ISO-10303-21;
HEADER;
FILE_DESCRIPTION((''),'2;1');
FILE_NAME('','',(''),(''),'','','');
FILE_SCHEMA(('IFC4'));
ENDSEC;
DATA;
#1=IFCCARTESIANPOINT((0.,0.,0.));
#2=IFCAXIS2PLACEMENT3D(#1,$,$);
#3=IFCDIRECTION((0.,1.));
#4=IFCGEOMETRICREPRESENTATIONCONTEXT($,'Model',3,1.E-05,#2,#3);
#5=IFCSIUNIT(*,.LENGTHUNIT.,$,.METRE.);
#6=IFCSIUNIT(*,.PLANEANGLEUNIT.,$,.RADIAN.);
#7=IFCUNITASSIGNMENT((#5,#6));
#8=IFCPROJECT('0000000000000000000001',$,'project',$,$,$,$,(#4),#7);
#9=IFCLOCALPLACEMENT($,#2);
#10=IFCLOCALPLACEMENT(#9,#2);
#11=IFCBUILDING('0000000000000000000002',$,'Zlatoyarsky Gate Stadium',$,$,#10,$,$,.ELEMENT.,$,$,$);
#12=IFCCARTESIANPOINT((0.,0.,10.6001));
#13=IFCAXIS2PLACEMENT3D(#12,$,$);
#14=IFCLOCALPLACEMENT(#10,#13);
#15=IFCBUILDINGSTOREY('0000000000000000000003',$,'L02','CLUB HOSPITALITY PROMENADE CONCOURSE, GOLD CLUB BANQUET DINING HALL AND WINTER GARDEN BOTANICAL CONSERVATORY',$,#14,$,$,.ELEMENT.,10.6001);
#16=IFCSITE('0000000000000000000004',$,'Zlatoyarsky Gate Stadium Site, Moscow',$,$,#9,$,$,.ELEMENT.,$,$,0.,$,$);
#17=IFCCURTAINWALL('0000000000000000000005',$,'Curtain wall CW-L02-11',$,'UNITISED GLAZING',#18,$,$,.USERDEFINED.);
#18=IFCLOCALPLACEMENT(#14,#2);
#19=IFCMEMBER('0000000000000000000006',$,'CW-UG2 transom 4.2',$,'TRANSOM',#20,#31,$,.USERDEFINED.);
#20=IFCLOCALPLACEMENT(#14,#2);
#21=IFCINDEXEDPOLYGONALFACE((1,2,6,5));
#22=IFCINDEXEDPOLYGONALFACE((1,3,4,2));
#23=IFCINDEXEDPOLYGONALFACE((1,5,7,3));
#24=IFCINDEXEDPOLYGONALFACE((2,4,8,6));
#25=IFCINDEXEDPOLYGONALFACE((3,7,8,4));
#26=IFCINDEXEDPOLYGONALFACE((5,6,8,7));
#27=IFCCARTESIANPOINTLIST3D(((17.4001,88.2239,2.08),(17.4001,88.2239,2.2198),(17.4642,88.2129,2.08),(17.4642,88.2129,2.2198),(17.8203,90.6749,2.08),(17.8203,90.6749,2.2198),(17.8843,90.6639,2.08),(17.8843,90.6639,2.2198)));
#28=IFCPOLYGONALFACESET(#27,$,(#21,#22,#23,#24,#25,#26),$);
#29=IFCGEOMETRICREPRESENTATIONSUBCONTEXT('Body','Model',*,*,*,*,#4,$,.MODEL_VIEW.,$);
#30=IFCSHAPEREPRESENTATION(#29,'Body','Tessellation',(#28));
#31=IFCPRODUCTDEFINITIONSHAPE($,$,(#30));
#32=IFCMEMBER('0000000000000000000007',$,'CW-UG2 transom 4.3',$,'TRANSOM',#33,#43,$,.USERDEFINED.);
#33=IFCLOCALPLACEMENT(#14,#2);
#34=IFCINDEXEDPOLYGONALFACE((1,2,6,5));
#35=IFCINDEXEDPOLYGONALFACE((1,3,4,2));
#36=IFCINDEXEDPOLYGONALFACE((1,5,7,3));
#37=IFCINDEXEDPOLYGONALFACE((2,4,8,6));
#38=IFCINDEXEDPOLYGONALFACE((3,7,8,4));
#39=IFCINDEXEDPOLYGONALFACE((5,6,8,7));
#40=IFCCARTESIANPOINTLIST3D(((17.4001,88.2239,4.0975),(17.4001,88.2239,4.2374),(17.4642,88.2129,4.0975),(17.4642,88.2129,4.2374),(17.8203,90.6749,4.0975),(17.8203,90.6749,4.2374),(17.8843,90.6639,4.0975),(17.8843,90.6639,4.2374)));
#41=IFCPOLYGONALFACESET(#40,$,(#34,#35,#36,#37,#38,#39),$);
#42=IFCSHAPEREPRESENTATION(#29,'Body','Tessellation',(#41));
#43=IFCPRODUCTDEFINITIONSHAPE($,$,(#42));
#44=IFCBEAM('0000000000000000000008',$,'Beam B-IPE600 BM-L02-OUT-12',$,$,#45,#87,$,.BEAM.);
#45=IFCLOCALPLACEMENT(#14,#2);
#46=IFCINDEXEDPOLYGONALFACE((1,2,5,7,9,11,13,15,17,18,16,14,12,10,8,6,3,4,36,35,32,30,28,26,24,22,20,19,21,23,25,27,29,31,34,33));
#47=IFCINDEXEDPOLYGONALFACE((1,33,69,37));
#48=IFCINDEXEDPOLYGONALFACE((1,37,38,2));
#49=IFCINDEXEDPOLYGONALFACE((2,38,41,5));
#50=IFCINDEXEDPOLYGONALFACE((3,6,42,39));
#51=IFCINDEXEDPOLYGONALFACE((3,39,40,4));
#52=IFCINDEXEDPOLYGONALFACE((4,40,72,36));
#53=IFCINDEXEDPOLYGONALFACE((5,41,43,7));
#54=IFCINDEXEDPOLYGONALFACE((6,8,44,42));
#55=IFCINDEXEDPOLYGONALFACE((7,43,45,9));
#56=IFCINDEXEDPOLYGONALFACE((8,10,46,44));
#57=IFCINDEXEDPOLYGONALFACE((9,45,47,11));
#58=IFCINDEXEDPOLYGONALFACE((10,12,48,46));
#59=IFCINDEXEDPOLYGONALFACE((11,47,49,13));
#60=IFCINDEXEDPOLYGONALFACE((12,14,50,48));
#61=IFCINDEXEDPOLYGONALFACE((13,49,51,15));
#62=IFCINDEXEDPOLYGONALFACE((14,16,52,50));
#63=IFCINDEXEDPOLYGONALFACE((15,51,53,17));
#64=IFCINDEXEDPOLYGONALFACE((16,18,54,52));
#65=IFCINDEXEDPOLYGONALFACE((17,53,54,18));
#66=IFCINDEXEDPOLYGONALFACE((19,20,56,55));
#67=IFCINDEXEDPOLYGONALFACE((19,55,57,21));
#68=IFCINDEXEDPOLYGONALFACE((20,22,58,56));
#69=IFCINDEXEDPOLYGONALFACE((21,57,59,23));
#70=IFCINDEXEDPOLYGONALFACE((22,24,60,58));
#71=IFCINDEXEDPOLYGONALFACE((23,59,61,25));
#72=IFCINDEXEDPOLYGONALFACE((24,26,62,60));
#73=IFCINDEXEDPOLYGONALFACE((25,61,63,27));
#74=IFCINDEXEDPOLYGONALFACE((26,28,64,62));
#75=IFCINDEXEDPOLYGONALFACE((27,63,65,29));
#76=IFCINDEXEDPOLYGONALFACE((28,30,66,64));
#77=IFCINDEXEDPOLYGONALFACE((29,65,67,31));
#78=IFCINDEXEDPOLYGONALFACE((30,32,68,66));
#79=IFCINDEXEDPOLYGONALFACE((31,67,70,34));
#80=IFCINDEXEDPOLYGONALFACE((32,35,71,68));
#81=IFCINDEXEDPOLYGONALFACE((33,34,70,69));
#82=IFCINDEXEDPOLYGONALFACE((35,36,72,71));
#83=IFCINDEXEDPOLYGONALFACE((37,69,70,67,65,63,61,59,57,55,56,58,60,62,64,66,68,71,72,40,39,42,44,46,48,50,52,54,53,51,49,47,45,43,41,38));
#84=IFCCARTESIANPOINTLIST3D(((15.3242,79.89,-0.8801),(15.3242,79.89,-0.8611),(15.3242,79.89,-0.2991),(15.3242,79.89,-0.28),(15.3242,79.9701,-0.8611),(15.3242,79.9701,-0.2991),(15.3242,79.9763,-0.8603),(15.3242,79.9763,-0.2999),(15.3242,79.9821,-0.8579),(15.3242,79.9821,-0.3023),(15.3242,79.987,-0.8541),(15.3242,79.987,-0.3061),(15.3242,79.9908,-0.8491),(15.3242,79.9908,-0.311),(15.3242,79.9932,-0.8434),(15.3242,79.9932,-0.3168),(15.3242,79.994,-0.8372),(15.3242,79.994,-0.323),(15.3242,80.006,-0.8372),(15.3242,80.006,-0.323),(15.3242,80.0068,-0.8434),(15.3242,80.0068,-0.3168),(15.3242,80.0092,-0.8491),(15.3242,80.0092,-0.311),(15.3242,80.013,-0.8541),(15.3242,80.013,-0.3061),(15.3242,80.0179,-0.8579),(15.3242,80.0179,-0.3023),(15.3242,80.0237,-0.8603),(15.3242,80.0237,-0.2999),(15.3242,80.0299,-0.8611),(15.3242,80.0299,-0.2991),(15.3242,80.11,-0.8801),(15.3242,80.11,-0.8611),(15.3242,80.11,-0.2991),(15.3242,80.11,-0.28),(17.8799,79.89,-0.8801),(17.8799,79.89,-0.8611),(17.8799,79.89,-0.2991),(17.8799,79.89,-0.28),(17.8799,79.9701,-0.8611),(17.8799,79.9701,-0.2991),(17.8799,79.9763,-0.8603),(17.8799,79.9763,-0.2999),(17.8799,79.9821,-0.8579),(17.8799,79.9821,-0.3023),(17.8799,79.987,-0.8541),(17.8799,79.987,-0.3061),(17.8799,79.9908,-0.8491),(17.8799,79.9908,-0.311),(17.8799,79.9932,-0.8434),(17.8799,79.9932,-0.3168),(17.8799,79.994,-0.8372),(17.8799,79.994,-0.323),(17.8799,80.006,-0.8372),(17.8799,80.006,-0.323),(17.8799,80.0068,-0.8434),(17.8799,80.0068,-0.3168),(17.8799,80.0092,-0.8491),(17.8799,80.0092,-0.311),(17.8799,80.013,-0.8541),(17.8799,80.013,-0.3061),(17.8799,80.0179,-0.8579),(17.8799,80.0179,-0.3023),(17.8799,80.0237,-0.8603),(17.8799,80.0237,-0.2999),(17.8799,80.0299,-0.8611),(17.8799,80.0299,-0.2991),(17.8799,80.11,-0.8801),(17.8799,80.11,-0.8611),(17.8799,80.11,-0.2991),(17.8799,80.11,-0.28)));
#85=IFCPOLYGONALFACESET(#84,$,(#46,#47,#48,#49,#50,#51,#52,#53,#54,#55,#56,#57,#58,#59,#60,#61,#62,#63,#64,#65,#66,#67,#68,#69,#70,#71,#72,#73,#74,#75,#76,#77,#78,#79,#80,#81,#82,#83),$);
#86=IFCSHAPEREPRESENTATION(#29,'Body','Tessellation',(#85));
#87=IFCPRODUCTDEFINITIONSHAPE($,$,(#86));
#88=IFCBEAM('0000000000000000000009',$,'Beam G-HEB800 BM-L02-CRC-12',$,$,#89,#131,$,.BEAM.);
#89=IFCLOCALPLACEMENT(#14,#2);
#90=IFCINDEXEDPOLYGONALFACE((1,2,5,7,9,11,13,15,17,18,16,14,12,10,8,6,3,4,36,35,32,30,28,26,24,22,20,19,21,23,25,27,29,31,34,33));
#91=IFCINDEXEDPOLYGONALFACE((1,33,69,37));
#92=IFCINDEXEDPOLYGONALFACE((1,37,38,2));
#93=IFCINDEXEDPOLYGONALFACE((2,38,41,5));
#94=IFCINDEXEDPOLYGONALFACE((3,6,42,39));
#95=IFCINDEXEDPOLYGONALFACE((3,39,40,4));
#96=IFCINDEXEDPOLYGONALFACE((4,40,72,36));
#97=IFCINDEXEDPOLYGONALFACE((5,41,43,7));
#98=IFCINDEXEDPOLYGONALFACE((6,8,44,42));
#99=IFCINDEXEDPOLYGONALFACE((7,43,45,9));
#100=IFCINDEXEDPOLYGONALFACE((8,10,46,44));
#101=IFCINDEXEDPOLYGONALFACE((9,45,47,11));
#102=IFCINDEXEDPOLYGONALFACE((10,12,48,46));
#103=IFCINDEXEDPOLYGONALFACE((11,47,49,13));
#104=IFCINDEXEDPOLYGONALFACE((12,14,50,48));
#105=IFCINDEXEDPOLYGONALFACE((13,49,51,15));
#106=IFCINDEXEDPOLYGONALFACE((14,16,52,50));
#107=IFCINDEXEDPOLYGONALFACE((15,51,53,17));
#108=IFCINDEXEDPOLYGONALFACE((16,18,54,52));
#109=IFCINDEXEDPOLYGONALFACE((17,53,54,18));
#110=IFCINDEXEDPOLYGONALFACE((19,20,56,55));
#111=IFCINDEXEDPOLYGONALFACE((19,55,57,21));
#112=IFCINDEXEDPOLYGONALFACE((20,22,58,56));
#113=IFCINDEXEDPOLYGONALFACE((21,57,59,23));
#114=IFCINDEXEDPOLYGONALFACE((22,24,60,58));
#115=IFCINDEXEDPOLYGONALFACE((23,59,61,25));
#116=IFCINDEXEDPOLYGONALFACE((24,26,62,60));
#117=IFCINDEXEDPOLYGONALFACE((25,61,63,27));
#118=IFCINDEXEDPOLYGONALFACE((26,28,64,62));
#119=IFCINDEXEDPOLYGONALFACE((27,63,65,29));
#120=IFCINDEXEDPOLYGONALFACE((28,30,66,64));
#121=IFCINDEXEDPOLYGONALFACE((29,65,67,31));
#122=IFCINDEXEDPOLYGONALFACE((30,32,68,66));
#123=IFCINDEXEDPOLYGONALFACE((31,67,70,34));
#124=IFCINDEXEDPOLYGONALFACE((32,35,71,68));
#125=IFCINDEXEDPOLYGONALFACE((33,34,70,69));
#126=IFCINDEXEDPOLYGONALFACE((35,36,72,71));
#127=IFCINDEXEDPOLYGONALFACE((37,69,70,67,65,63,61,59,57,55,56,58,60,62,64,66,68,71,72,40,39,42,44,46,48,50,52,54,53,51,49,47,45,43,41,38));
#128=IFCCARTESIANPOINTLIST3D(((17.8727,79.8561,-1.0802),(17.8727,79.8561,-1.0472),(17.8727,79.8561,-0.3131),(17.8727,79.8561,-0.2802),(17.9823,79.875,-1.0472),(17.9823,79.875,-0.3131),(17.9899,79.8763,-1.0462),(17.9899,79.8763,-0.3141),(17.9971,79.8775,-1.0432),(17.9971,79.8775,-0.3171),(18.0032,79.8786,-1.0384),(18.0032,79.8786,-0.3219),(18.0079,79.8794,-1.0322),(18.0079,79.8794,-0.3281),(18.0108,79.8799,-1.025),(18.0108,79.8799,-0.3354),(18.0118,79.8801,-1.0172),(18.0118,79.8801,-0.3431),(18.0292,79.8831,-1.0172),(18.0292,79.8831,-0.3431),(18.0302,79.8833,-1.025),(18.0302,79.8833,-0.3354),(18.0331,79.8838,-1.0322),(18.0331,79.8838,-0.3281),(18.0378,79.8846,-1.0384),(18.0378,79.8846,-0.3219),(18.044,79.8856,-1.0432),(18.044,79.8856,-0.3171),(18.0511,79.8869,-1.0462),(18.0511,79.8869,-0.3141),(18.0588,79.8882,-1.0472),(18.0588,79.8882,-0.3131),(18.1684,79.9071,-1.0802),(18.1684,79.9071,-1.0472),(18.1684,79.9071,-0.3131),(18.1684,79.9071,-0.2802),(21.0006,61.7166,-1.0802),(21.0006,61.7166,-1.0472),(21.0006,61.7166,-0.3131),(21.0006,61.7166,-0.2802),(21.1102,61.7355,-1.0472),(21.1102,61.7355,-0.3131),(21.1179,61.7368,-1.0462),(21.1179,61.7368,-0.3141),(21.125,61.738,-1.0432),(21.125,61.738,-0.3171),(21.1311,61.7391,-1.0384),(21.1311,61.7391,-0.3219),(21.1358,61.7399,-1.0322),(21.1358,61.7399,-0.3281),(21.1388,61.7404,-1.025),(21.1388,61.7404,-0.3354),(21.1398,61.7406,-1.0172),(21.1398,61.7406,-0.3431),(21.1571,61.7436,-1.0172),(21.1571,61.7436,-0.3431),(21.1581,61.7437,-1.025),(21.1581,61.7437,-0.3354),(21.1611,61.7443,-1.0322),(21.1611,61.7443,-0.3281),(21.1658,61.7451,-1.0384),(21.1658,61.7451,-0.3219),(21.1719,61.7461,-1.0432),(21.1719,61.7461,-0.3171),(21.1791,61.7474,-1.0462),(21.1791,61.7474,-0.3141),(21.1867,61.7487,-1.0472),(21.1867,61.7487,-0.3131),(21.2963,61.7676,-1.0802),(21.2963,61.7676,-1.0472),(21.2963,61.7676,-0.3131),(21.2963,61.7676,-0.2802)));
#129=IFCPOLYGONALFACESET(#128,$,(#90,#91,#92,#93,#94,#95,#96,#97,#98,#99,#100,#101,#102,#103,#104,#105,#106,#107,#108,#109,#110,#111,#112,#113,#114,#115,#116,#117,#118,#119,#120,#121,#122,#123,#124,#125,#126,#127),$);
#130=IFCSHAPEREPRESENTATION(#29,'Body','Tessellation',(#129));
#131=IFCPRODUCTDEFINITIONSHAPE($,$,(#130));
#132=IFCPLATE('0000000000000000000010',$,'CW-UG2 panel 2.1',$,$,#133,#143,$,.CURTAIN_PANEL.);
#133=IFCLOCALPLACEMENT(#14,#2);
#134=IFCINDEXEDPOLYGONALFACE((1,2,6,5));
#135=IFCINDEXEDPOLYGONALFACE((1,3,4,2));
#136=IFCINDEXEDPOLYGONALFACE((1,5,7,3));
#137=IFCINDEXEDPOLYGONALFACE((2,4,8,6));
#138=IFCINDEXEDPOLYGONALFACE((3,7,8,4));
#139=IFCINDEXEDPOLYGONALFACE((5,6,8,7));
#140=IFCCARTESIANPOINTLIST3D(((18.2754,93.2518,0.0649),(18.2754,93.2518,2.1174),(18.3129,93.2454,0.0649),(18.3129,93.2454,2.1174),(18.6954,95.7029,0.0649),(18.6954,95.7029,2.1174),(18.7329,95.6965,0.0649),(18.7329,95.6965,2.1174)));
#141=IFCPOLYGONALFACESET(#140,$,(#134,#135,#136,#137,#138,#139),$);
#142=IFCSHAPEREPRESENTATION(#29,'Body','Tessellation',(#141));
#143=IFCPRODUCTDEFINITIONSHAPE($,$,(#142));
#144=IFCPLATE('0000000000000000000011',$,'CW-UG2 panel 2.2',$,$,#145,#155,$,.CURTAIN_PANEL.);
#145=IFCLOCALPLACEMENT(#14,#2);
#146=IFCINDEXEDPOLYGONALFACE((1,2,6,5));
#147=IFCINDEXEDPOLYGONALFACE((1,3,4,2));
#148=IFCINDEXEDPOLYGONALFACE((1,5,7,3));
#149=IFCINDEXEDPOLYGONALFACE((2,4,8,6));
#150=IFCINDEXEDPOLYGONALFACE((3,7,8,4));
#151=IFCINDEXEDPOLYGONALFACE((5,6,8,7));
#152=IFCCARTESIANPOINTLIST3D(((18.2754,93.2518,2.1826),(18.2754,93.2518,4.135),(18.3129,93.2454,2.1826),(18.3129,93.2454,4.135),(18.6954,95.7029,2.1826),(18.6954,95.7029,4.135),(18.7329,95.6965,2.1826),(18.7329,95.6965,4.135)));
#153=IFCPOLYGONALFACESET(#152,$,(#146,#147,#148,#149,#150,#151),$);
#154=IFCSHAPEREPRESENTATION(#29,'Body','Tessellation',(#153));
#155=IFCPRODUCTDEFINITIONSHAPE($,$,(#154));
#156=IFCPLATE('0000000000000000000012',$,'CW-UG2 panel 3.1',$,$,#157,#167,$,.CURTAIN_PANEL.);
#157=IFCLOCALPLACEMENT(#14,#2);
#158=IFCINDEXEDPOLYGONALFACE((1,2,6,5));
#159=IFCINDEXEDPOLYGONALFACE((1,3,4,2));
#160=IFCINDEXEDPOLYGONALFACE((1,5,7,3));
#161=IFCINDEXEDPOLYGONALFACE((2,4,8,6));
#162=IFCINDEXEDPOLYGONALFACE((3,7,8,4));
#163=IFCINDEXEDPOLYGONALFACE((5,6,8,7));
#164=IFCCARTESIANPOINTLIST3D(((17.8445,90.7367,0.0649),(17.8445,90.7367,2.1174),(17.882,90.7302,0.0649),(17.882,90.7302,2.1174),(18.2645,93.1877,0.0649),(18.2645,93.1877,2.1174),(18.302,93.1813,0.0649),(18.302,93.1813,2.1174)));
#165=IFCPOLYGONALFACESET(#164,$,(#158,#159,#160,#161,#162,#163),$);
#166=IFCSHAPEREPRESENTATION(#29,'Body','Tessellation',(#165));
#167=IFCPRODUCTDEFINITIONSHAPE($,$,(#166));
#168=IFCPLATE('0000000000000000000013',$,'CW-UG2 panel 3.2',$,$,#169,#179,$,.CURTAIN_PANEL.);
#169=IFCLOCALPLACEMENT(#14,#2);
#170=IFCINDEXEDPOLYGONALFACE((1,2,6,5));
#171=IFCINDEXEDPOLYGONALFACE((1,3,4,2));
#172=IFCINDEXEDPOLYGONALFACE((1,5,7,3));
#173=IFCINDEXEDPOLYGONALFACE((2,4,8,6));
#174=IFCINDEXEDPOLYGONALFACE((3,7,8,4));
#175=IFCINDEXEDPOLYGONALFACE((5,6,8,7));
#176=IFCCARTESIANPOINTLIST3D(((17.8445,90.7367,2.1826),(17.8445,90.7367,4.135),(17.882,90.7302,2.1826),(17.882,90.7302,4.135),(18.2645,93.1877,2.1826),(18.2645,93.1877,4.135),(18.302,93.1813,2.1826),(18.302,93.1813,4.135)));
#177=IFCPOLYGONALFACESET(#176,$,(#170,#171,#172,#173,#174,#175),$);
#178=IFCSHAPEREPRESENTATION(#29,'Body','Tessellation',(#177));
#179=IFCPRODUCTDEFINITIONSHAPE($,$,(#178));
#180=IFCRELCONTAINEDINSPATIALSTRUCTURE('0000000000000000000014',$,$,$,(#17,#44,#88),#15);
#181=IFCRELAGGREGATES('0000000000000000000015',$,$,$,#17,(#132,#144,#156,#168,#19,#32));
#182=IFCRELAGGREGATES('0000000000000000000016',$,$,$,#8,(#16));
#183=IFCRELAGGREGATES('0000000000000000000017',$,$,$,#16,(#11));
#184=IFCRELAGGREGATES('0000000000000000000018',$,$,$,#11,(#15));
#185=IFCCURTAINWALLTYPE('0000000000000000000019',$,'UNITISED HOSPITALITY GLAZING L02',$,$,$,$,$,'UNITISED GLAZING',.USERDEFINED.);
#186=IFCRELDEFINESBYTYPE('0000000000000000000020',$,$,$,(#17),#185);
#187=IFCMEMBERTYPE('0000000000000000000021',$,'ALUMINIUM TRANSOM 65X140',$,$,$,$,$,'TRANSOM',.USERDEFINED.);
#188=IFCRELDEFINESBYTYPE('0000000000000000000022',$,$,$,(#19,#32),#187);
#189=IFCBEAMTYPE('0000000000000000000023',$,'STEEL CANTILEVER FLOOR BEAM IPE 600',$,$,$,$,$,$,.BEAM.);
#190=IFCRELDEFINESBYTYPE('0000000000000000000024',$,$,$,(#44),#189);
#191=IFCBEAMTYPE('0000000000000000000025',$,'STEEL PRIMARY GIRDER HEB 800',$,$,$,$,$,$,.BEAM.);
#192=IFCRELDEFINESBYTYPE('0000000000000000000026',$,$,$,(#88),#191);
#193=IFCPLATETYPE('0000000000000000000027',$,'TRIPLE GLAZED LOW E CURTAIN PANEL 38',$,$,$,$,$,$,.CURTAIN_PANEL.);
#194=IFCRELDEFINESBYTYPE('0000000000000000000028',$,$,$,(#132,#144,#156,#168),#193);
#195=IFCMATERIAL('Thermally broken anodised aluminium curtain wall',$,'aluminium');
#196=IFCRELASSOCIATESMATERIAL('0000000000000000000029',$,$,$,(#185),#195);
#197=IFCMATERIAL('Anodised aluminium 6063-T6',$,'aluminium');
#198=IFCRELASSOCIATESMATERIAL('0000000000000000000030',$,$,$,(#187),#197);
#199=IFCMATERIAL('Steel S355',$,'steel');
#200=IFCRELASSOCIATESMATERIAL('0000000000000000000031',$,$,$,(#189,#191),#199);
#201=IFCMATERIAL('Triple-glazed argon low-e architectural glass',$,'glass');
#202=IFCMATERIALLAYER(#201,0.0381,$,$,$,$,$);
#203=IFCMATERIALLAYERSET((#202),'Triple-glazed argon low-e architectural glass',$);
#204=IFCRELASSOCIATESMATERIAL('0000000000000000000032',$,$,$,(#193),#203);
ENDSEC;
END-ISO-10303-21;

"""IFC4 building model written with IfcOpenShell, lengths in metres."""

from ifc_helpers import new_model, si_unit, direction, frame, origin, origin_2d, place, context, subcontext, project, spatial, rectangle, i_section, extrude, material, layer, layer_set, material_profile, profile_set, type_object, element, aggregate, save


model = new_model("IFC4")

# Units and contexts
model_context = context("Model", 3, precision=1e-05, world=origin(), true_north=direction((0.0, 1.0)))
body_context = subcontext(model_context, "Body", "Model", "MODEL_VIEW")
ifc_project = project(units=[si_unit("LENGTHUNIT", "METRE"), si_unit("PLANEANGLEUNIT", "RADIAN")], contexts=[model_context])

# Site, building, storey
site_placement = place(None, origin())
site = spatial("IfcSite", under=ifc_project, at=site_placement, Name="Zlatoyarsky Gate Stadium Site, Moscow", CompositionType="ELEMENT", RefElevation=0.0)
building_placement = place(site_placement, origin())
building = spatial("IfcBuilding", under=site, at=building_placement, Name="Zlatoyarsky Gate Stadium", CompositionType="ELEMENT")
storey_placement = place(building_placement, frame((0.0, 0.0, 10.6001)))
storey = spatial("IfcBuildingStorey", under=building, at=storey_placement, Name="L02", Description="CLUB HOSPITALITY PROMENADE CONCOURSE, GOLD CLUB BANQUET DINING HALL AND WINTER GARDEN BOTANICAL CONSERVATORY", CompositionType="ELEMENT", Elevation=10.6001)

# Shared definitions
ifc_material_1 = material(Name="Steel S355", Category="steel")

# Curtain wall, members
ifc_material_2 = material(Name="Thermally broken anodised aluminium curtain wall", Category="aluminium")
curtain_wall_type = type_object("IfcCurtainWallType", Name="UNITISED HOSPITALITY GLAZING L02", ElementType="UNITISED GLAZING", PredefinedType="USERDEFINED", material=ifc_material_2)
curtain_wall_placement = place(storey_placement, origin())
curtain_wall = element("IfcCurtainWall", 1, at=curtain_wall_placement, inside=storey, type_object=curtain_wall_type, Name="Curtain wall CW-L02-11", ObjectType="UNITISED GLAZING", PredefinedType="USERDEFINED")
ifc_material_3 = material(Name="Anodised aluminium 6063-T6", Category="aluminium")
ifc_material_profile_1 = material_profile(ifc_material_3, rectangle(XDim=0.0649, YDim=0.1399, at=origin_2d()), Name="ALU 65X140")
ifc_profile_set_1 = profile_set([ifc_material_profile_1], Name="Anodised aluminium 6063-T6")
member_type_1 = type_object("IfcMemberType", Name="ALUMINIUM TRANSOM 65X140", ElementType="TRANSOM", PredefinedType="USERDEFINED", material=ifc_profile_set_1)
member_1_placement = place(storey_placement, frame((17.8523, 90.6694, 2.1499), z_axis=(-0.16895, -0.985625, 0.0), x_axis=(0.985625, -0.16895, 0.0)))
member_1 = element("IfcMember", 2, at=member_1_placement, type_object=member_type_1, Name="CW-UG2 transom 4.2", ObjectType="TRANSOM", PredefinedType="USERDEFINED", context=body_context, shape_type="SweptSolid", body=[
    extrude(rectangle(XDim=0.0649, YDim=0.1399, at=origin_2d()), origin(), (0.0, 0.0, 1.0), 2.4868),
])
member_2_placement = place(storey_placement, frame((17.8523, 90.6694, 4.1675), z_axis=(-0.16895, -0.985625, 0.0), x_axis=(0.985625, -0.16895, 0.0)))
member_2 = element("IfcMember", 3, at=member_2_placement, type_object=member_type_1, Name="CW-UG2 transom 4.3", ObjectType="TRANSOM", PredefinedType="USERDEFINED", context=body_context, shape_type="SweptSolid", body=[
    extrude(rectangle(XDim=0.0649, YDim=0.1399, at=origin_2d()), origin(), (0.0, 0.0, 1.0), 2.4868),
])

# Beams
ifc_material_profile_2 = material_profile(ifc_material_1, i_section(OverallWidth=0.22, OverallDepth=0.6001, WebThickness=0.012, FlangeThickness=0.019, FilletRadius=0.0239, at=origin_2d()), Name="IPE 600")
ifc_profile_set_2 = profile_set([ifc_material_profile_2], Name="Steel S355")
beam_type_1 = type_object("IfcBeamType", Name="STEEL CANTILEVER FLOOR BEAM IPE 600", PredefinedType="BEAM", material=ifc_profile_set_2)
beam_1_placement = place(storey_placement, frame((17.8799, 80.0, -0.5801), z_axis=(-1.0, 0.0, 0.0), x_axis=(0.0, -1.0, 0.0)))
element("IfcBeam", 4, at=beam_1_placement, inside=storey, type_object=beam_type_1, Name="Beam B-IPE600 BM-L02-OUT-12", PredefinedType="BEAM", context=body_context, shape_type="SweptSolid", body=[
    extrude(i_section(OverallWidth=0.22, OverallDepth=0.6001, WebThickness=0.012, FlangeThickness=0.019, FilletRadius=0.0239, at=origin_2d()), origin(), (0.0, 0.0, 1.0), 2.5557),
])
ifc_material_profile_3 = material_profile(ifc_material_1, i_section(OverallWidth=0.3, OverallDepth=0.8, WebThickness=0.0176, FlangeThickness=0.033, FilletRadius=0.03, at=origin_2d()), Name="HEB 800")
ifc_profile_set_3 = profile_set([ifc_material_profile_3], Name="Steel S355")
beam_type_2 = type_object("IfcBeamType", Name="STEEL PRIMARY GIRDER HEB 800", PredefinedType="BEAM", material=ifc_profile_set_3)
beam_2_placement = place(storey_placement, frame((18.0205, 79.8816, -0.6802), z_axis=(0.16993, -0.985456, 0.0), x_axis=(0.985456, 0.16993, 0.0)))
element("IfcBeam", 5, at=beam_2_placement, inside=storey, type_object=beam_type_2, Name="Beam G-HEB800 BM-L02-CRC-12", PredefinedType="BEAM", context=body_context, shape_type="SweptSolid", body=[
    extrude(i_section(OverallWidth=0.3, OverallDepth=0.8, WebThickness=0.0176, FlangeThickness=0.033, FilletRadius=0.03, at=origin_2d()), origin(), (0.0, 0.0, 1.0), 18.4072),
])

# Plates
ifc_material_4 = material(Name="Triple-glazed argon low-e architectural glass", Category="glass")
ifc_layer_1 = layer(ifc_material_4, 0.0381)
ifc_layer_set_1 = layer_set([ifc_layer_1], Name="Triple-glazed argon low-e architectural glass")
plate_type = type_object("IfcPlateType", Name="TRIPLE GLAZED LOW E CURTAIN PANEL 38", PredefinedType="CURTAIN_PANEL", material=ifc_layer_set_1)
plate_1_placement = place(storey_placement, frame((18.5042, 94.4741, 0.0649), z_axis=(0.0, 0.0, 1.0), x_axis=(-0.168876, -0.985637, 0.0)))
plate_1 = element("IfcPlate", 6, at=plate_1_placement, type_object=plate_type, Name="CW-UG2 panel 2.1", PredefinedType="CURTAIN_PANEL", context=body_context, shape_type="SweptSolid", body=[
    extrude(rectangle(XDim=2.4868, YDim=0.0381, at=origin_2d()), origin(), (0.0, 0.0, 1.0), 2.0525),
])
plate_2_placement = place(storey_placement, frame((18.5042, 94.4741, 2.1826), z_axis=(0.0, 0.0, 1.0), x_axis=(-0.168876, -0.985637, 0.0)))
plate_2 = element("IfcPlate", 7, at=plate_2_placement, type_object=plate_type, Name="CW-UG2 panel 2.2", PredefinedType="CURTAIN_PANEL", context=body_context, shape_type="SweptSolid", body=[
    extrude(rectangle(XDim=2.4868, YDim=0.0381, at=origin_2d()), origin(), (0.0, 0.0, 1.0), 1.9524),
])
plate_3_placement = place(storey_placement, frame((18.0732, 91.959, 0.0649), z_axis=(0.0, 0.0, 1.0), x_axis=(-0.168876, -0.985637, 0.0)))
plate_3 = element("IfcPlate", 8, at=plate_3_placement, type_object=plate_type, Name="CW-UG2 panel 3.1", PredefinedType="CURTAIN_PANEL", context=body_context, shape_type="SweptSolid", body=[
    extrude(rectangle(XDim=2.4868, YDim=0.0381, at=origin_2d()), origin(), (0.0, 0.0, 1.0), 2.0525),
])
plate_4_placement = place(storey_placement, frame((18.0732, 91.959, 2.1826), z_axis=(0.0, 0.0, 1.0), x_axis=(-0.168876, -0.985637, 0.0)))
plate_4 = element("IfcPlate", 9, at=plate_4_placement, type_object=plate_type, Name="CW-UG2 panel 3.2", PredefinedType="CURTAIN_PANEL", context=body_context, shape_type="SweptSolid", body=[
    extrude(rectangle(XDim=2.4868, YDim=0.0381, at=origin_2d()), origin(), (0.0, 0.0, 1.0), 1.9524),
])
aggregate(curtain_wall, [plate_1, plate_2, plate_3, plate_4, member_1, member_2])

save(model, "model.ifc")
